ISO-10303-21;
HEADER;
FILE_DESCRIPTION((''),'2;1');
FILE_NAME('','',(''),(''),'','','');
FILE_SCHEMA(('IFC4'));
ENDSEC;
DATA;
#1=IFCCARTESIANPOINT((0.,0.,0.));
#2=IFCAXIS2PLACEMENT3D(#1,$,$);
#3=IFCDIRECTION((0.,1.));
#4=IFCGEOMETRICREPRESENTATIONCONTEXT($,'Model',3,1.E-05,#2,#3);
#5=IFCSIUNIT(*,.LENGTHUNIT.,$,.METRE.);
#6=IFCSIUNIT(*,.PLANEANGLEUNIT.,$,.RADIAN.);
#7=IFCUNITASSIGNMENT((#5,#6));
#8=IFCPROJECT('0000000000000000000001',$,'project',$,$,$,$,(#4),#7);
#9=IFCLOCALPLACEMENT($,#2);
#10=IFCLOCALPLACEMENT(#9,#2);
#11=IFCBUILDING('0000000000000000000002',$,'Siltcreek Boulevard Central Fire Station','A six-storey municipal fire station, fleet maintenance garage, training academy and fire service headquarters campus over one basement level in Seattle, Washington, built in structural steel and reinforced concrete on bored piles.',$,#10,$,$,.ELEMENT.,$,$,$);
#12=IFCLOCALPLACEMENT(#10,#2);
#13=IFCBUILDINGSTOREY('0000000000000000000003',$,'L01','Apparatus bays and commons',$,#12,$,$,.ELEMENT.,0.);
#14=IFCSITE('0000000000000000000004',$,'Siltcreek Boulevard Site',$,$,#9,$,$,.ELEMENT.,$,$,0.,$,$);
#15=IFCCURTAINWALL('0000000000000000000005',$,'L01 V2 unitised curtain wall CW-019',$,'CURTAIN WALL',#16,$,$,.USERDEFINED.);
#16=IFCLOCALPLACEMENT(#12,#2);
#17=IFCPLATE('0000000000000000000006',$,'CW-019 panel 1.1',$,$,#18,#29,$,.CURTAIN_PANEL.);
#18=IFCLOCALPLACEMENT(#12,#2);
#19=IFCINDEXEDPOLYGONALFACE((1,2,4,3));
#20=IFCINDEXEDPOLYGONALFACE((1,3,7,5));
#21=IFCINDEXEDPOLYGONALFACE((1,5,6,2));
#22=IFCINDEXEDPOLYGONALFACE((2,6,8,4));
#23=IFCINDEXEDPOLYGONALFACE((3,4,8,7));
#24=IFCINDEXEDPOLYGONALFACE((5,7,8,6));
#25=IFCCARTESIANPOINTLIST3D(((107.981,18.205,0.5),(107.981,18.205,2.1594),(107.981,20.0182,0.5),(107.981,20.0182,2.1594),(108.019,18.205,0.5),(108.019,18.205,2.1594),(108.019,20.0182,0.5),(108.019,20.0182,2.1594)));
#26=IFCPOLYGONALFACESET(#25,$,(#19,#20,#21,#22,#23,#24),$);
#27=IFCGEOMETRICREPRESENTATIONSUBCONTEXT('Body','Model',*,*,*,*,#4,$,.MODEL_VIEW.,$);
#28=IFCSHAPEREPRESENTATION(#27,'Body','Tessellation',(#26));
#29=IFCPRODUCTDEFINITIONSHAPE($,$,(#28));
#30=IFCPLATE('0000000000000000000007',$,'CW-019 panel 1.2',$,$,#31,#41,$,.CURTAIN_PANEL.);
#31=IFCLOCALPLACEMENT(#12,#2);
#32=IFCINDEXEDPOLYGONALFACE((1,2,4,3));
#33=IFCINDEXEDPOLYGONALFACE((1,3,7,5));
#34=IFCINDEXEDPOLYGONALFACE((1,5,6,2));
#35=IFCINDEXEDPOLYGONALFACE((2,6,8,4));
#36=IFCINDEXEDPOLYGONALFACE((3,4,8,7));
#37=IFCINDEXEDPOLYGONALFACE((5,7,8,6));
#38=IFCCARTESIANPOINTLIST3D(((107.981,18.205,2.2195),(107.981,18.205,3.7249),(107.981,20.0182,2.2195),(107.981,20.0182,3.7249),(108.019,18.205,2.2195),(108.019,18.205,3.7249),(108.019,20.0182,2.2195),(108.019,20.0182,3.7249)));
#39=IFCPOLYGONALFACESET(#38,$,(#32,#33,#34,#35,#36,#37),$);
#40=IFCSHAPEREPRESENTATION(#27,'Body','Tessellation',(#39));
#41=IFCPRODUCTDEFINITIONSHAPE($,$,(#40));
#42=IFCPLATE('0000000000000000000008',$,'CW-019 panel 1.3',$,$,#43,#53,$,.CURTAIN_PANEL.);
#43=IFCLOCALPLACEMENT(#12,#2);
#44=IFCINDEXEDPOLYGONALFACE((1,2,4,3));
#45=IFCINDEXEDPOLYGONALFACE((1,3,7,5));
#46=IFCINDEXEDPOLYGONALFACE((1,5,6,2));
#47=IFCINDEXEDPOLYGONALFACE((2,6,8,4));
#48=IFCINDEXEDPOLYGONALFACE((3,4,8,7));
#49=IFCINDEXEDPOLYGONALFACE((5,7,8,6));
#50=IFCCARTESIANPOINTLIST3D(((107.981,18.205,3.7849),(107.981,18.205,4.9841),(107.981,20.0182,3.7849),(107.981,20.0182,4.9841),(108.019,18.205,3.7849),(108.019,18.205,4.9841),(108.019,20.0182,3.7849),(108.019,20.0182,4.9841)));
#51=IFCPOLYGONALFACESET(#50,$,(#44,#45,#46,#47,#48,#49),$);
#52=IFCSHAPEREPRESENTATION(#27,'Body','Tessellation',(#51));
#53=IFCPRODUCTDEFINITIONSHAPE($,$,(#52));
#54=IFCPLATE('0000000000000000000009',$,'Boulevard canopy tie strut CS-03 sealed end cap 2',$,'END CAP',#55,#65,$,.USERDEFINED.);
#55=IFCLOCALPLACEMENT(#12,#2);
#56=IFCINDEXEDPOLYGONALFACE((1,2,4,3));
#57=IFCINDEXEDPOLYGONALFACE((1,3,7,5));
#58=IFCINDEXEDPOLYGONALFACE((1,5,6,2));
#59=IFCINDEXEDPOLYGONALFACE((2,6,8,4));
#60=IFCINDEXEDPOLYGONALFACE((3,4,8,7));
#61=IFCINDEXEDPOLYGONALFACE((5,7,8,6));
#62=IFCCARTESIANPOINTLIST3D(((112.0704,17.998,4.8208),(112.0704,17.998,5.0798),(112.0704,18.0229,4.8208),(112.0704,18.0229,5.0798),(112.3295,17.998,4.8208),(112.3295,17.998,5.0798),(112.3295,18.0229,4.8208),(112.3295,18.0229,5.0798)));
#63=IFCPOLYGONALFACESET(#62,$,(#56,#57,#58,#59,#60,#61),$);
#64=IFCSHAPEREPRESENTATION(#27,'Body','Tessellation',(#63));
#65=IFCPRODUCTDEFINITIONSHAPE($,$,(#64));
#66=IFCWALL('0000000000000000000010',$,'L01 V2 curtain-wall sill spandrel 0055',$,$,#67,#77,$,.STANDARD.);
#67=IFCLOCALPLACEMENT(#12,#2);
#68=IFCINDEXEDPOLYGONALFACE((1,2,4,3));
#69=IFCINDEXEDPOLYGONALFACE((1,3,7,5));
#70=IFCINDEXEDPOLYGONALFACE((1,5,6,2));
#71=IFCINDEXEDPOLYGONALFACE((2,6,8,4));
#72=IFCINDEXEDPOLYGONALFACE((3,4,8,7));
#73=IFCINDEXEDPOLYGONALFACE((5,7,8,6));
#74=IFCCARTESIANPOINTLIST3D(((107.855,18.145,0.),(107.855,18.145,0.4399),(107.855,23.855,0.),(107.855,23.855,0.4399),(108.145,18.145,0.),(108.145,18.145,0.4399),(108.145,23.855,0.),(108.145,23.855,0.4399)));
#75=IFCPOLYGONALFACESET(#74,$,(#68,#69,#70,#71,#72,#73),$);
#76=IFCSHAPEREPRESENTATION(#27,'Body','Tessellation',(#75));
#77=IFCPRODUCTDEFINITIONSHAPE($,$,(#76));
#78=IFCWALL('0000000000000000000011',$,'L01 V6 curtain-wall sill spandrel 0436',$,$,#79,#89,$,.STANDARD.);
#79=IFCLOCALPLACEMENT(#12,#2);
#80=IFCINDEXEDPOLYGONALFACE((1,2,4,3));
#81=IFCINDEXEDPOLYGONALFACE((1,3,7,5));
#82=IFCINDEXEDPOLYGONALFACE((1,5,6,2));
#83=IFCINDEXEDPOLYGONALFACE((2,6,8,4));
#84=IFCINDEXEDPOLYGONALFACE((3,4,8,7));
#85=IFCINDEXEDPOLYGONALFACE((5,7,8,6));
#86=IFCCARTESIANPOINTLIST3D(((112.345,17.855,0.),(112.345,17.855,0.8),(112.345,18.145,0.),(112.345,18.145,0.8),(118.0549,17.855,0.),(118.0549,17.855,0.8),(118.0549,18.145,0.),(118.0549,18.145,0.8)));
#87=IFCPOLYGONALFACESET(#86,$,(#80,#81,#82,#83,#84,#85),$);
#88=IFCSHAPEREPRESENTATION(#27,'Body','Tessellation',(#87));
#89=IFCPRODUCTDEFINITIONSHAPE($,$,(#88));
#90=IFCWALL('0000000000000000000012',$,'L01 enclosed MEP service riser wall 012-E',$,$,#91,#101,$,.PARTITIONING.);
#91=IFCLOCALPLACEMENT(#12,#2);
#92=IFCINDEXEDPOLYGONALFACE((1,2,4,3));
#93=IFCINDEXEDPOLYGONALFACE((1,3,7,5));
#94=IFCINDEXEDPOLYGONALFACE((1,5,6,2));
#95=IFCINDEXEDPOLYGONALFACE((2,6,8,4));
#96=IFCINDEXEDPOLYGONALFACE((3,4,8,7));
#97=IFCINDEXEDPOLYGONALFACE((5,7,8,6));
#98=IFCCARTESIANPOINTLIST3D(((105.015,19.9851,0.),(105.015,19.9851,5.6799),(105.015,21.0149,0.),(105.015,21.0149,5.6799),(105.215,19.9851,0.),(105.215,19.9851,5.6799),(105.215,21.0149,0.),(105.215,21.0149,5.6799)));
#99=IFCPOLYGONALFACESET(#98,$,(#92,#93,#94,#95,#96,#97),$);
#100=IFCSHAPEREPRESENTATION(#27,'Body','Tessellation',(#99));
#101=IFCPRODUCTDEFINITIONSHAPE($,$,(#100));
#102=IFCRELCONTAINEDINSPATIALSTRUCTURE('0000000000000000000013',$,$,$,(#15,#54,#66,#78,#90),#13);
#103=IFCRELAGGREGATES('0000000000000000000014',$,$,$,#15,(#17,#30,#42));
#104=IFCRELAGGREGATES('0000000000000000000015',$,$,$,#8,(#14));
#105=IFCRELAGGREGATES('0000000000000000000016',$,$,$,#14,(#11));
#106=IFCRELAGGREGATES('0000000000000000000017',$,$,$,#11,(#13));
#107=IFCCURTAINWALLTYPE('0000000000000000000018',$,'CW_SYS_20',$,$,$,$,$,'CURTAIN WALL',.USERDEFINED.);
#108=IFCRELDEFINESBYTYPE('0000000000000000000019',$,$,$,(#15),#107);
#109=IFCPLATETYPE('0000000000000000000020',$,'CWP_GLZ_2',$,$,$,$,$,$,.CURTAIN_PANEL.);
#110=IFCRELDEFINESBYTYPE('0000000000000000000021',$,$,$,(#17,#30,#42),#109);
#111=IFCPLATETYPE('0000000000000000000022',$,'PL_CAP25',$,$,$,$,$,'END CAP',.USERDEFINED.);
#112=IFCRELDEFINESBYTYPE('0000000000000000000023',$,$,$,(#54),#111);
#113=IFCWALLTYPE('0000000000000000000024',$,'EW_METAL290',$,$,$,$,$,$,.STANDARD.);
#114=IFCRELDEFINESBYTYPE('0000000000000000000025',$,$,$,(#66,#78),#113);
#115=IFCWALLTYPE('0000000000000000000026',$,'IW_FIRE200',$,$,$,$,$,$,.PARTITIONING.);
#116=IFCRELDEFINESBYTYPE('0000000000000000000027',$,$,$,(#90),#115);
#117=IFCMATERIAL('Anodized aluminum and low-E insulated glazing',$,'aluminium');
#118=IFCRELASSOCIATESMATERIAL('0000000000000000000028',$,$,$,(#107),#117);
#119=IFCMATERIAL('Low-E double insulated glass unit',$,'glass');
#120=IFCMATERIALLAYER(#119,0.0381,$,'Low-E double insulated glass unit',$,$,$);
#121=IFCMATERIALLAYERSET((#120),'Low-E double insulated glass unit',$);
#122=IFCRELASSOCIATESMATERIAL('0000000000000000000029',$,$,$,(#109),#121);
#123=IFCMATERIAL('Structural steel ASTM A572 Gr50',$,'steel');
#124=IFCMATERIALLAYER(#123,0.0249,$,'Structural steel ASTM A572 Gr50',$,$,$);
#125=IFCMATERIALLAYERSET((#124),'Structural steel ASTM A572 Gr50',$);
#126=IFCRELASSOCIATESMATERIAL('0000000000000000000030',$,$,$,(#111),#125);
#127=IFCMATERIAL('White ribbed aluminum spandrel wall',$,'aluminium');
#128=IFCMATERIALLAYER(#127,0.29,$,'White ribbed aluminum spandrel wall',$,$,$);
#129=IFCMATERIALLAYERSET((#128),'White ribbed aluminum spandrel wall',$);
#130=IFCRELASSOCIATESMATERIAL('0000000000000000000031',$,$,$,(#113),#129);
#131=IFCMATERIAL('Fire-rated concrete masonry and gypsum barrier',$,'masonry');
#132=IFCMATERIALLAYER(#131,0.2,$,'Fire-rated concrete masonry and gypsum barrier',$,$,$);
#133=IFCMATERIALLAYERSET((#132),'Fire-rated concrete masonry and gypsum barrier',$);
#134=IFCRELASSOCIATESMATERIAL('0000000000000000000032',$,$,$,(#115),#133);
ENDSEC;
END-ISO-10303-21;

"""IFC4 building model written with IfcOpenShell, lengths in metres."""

from ifc_helpers import new_model, si_unit, direction, frame, frame_2d, origin, origin_2d, place, context, subcontext, project, spatial, rectangle, extrude, material, layer, layer_set, type_object, element, aggregate, save


model = new_model("IFC4")

# Units and contexts
model_context = context("Model", 3, precision=1e-05, world=origin(), true_north=direction((0.0, 1.0)))
body_context = subcontext(model_context, "Body", "Model", "MODEL_VIEW")
ifc_project = project(units=[si_unit("LENGTHUNIT", "METRE"), si_unit("PLANEANGLEUNIT", "RADIAN")], contexts=[model_context])

# Site, building, storey
site_placement = place(None, origin())
site = spatial("IfcSite", under=ifc_project, at=site_placement, Name="Siltcreek Boulevard Site", CompositionType="ELEMENT", RefElevation=0.0)
building_placement = place(site_placement, origin())
building = spatial("IfcBuilding", under=site, at=building_placement, Name="Siltcreek Boulevard Central Fire Station", Description="A six-storey municipal fire station, fleet maintenance garage, training academy and fire service headquarters campus over one basement level in Seattle, Washington, built in structural steel and reinforced concrete on bored piles.", CompositionType="ELEMENT")
storey_placement = place(building_placement, origin())
storey = spatial("IfcBuildingStorey", under=building, at=storey_placement, Name="L01", Description="Apparatus bays and commons", CompositionType="ELEMENT", Elevation=0.0)

# Curtain wall
ifc_material_1 = material(Name="Anodized aluminum and low-E insulated glazing", Category="aluminium")
curtain_wall_type_1 = type_object("IfcCurtainWallType", Name="CW_SYS_20", ElementType="CURTAIN WALL", PredefinedType="USERDEFINED", material=ifc_material_1)
curtain_wall_1_placement = place(storey_placement, origin())
curtain_wall_1 = element("IfcCurtainWall", 1, at=curtain_wall_1_placement, inside=storey, type_object=curtain_wall_type_1, Name="L01 V2 unitised curtain wall CW-019", ObjectType="CURTAIN WALL", PredefinedType="USERDEFINED")

# Plates
ifc_material_2 = material(Name="Low-E double insulated glass unit", Category="glass")
ifc_layer_1 = layer(ifc_material_2, 0.0381, Name="Low-E double insulated glass unit")
ifc_layer_set_1 = layer_set([ifc_layer_1], Name="Low-E double insulated glass unit")
plate_type_1 = type_object("IfcPlateType", Name="CWP_GLZ_2", PredefinedType="CURTAIN_PANEL", material=ifc_layer_set_1)
plate_1_placement = place(storey_placement, frame((108.0, 19.1116, 0.5), z_axis=(0.0, 0.0, 1.0), x_axis=(0.0, 1.0, 0.0)))
plate_1 = element("IfcPlate", 2, at=plate_1_placement, type_object=plate_type_1, Name="CW-019 panel 1.1", PredefinedType="CURTAIN_PANEL", context=body_context, shape_type="SweptSolid", body=[
    extrude(rectangle(XDim=1.8132, YDim=0.0381, at=origin_2d()), origin(), (0.0, 0.0, 1.0), 1.6594),
])
plate_2_placement = place(storey_placement, frame((108.0, 19.1116, 2.2195), z_axis=(0.0, 0.0, 1.0), x_axis=(0.0, 1.0, 0.0)))
plate_2 = element("IfcPlate", 3, at=plate_2_placement, type_object=plate_type_1, Name="CW-019 panel 1.2", PredefinedType="CURTAIN_PANEL", context=body_context, shape_type="SweptSolid", body=[
    extrude(rectangle(XDim=1.8132, YDim=0.0381, at=origin_2d()), origin(), (0.0, 0.0, 1.0), 1.5054),
])
plate_3_placement = place(storey_placement, frame((108.0, 19.1116, 3.7849), z_axis=(0.0, 0.0, 1.0), x_axis=(0.0, 1.0, 0.0)))
plate_3 = element("IfcPlate", 4, at=plate_3_placement, type_object=plate_type_1, Name="CW-019 panel 1.3", PredefinedType="CURTAIN_PANEL", context=body_context, shape_type="SweptSolid", body=[
    extrude(rectangle(XDim=1.8132, YDim=0.0381, at=origin_2d()), origin(), (0.0, 0.0, 1.0), 1.1992),
])
aggregate(curtain_wall_1, [plate_1, plate_2, plate_3])
ifc_material_3 = material(Name="Structural steel ASTM A572 Gr50", Category="steel")
ifc_layer_2 = layer(ifc_material_3, 0.0249, Name="Structural steel ASTM A572 Gr50")
ifc_layer_set_2 = layer_set([ifc_layer_2], Name="Structural steel ASTM A572 Gr50")
plate_type_2 = type_object("IfcPlateType", Name="PL_CAP25", ElementType="END CAP", PredefinedType="USERDEFINED", material=ifc_layer_set_2)
plate_4_placement = place(storey_placement, frame((112.2, 18.0105, 4.8208), z_axis=(0.0, 0.0, 1.0), x_axis=(0.0, 1.0, 0.0)))
element("IfcPlate", 5, at=plate_4_placement, inside=storey, type_object=plate_type_2, Name="Boulevard canopy tie strut CS-03 sealed end cap 2", ObjectType="END CAP", PredefinedType="USERDEFINED", context=body_context, shape_type="SweptSolid", body=[
    extrude(rectangle(XDim=0.0249, YDim=0.259, at=origin_2d()), origin(), (0.0, 0.0, 1.0), 0.259),
])

# Walls
ifc_material_4 = material(Name="White ribbed aluminum spandrel wall", Category="aluminium")
ifc_layer_3 = layer(ifc_material_4, 0.29, Name="White ribbed aluminum spandrel wall")
ifc_layer_set_3 = layer_set([ifc_layer_3], Name="White ribbed aluminum spandrel wall")
wall_type_1 = type_object("IfcWallType", Name="EW_METAL290", PredefinedType="STANDARD", material=ifc_layer_set_3)
wall_1_placement = place(storey_placement, frame((108.0, 18.145, 0.0), z_axis=(0.0, 0.0, 1.0), x_axis=(0.0, 1.0, 0.0)))
element("IfcWall", 6, at=wall_1_placement, inside=storey, type_object=wall_type_1, Name="L01 V2 curtain-wall sill spandrel 0055", PredefinedType="STANDARD", context=body_context, shape_type="SweptSolid", body=[
    extrude(rectangle(XDim=5.71, YDim=0.29, at=frame_2d((2.855, 0.0))), origin(), (0.0, 0.0, 1.0), 0.4399),
])
wall_2_placement = place(storey_placement, frame((112.345, 18.0, 0.0), z_axis=(0.0, 0.0, 1.0), x_axis=(1.0, 0.0, 0.0)))
element("IfcWall", 7, at=wall_2_placement, inside=storey, type_object=wall_type_1, Name="L01 V6 curtain-wall sill spandrel 0436", PredefinedType="STANDARD", context=body_context, shape_type="SweptSolid", body=[
    extrude(rectangle(XDim=5.71, YDim=0.29, at=frame_2d((2.855, 0.0))), origin(), (0.0, 0.0, 1.0), 0.8),
])
ifc_material_5 = material(Name="Fire-rated concrete masonry and gypsum barrier", Category="masonry")
ifc_layer_4 = layer(ifc_material_5, 0.2, Name="Fire-rated concrete masonry and gypsum barrier")
ifc_layer_set_4 = layer_set([ifc_layer_4], Name="Fire-rated concrete masonry and gypsum barrier")
wall_type_2 = type_object("IfcWallType", Name="IW_FIRE200", PredefinedType="PARTITIONING", material=ifc_layer_set_4)
wall_3_placement = place(storey_placement, frame((105.115, 19.9851, 0.0), z_axis=(0.0, 0.0, 1.0), x_axis=(0.0, 1.0, 0.0)))
element("IfcWall", 8, at=wall_3_placement, inside=storey, type_object=wall_type_2, Name="L01 enclosed MEP service riser wall 012-E", PredefinedType="PARTITIONING", context=body_context, shape_type="SweptSolid", body=[
    extrude(rectangle(XDim=1.0298, YDim=0.2, at=frame_2d((0.5149, 0.0))), origin(), (0.0, 0.0, 1.0), 5.6799),
])

save(model, "model.ifc")
